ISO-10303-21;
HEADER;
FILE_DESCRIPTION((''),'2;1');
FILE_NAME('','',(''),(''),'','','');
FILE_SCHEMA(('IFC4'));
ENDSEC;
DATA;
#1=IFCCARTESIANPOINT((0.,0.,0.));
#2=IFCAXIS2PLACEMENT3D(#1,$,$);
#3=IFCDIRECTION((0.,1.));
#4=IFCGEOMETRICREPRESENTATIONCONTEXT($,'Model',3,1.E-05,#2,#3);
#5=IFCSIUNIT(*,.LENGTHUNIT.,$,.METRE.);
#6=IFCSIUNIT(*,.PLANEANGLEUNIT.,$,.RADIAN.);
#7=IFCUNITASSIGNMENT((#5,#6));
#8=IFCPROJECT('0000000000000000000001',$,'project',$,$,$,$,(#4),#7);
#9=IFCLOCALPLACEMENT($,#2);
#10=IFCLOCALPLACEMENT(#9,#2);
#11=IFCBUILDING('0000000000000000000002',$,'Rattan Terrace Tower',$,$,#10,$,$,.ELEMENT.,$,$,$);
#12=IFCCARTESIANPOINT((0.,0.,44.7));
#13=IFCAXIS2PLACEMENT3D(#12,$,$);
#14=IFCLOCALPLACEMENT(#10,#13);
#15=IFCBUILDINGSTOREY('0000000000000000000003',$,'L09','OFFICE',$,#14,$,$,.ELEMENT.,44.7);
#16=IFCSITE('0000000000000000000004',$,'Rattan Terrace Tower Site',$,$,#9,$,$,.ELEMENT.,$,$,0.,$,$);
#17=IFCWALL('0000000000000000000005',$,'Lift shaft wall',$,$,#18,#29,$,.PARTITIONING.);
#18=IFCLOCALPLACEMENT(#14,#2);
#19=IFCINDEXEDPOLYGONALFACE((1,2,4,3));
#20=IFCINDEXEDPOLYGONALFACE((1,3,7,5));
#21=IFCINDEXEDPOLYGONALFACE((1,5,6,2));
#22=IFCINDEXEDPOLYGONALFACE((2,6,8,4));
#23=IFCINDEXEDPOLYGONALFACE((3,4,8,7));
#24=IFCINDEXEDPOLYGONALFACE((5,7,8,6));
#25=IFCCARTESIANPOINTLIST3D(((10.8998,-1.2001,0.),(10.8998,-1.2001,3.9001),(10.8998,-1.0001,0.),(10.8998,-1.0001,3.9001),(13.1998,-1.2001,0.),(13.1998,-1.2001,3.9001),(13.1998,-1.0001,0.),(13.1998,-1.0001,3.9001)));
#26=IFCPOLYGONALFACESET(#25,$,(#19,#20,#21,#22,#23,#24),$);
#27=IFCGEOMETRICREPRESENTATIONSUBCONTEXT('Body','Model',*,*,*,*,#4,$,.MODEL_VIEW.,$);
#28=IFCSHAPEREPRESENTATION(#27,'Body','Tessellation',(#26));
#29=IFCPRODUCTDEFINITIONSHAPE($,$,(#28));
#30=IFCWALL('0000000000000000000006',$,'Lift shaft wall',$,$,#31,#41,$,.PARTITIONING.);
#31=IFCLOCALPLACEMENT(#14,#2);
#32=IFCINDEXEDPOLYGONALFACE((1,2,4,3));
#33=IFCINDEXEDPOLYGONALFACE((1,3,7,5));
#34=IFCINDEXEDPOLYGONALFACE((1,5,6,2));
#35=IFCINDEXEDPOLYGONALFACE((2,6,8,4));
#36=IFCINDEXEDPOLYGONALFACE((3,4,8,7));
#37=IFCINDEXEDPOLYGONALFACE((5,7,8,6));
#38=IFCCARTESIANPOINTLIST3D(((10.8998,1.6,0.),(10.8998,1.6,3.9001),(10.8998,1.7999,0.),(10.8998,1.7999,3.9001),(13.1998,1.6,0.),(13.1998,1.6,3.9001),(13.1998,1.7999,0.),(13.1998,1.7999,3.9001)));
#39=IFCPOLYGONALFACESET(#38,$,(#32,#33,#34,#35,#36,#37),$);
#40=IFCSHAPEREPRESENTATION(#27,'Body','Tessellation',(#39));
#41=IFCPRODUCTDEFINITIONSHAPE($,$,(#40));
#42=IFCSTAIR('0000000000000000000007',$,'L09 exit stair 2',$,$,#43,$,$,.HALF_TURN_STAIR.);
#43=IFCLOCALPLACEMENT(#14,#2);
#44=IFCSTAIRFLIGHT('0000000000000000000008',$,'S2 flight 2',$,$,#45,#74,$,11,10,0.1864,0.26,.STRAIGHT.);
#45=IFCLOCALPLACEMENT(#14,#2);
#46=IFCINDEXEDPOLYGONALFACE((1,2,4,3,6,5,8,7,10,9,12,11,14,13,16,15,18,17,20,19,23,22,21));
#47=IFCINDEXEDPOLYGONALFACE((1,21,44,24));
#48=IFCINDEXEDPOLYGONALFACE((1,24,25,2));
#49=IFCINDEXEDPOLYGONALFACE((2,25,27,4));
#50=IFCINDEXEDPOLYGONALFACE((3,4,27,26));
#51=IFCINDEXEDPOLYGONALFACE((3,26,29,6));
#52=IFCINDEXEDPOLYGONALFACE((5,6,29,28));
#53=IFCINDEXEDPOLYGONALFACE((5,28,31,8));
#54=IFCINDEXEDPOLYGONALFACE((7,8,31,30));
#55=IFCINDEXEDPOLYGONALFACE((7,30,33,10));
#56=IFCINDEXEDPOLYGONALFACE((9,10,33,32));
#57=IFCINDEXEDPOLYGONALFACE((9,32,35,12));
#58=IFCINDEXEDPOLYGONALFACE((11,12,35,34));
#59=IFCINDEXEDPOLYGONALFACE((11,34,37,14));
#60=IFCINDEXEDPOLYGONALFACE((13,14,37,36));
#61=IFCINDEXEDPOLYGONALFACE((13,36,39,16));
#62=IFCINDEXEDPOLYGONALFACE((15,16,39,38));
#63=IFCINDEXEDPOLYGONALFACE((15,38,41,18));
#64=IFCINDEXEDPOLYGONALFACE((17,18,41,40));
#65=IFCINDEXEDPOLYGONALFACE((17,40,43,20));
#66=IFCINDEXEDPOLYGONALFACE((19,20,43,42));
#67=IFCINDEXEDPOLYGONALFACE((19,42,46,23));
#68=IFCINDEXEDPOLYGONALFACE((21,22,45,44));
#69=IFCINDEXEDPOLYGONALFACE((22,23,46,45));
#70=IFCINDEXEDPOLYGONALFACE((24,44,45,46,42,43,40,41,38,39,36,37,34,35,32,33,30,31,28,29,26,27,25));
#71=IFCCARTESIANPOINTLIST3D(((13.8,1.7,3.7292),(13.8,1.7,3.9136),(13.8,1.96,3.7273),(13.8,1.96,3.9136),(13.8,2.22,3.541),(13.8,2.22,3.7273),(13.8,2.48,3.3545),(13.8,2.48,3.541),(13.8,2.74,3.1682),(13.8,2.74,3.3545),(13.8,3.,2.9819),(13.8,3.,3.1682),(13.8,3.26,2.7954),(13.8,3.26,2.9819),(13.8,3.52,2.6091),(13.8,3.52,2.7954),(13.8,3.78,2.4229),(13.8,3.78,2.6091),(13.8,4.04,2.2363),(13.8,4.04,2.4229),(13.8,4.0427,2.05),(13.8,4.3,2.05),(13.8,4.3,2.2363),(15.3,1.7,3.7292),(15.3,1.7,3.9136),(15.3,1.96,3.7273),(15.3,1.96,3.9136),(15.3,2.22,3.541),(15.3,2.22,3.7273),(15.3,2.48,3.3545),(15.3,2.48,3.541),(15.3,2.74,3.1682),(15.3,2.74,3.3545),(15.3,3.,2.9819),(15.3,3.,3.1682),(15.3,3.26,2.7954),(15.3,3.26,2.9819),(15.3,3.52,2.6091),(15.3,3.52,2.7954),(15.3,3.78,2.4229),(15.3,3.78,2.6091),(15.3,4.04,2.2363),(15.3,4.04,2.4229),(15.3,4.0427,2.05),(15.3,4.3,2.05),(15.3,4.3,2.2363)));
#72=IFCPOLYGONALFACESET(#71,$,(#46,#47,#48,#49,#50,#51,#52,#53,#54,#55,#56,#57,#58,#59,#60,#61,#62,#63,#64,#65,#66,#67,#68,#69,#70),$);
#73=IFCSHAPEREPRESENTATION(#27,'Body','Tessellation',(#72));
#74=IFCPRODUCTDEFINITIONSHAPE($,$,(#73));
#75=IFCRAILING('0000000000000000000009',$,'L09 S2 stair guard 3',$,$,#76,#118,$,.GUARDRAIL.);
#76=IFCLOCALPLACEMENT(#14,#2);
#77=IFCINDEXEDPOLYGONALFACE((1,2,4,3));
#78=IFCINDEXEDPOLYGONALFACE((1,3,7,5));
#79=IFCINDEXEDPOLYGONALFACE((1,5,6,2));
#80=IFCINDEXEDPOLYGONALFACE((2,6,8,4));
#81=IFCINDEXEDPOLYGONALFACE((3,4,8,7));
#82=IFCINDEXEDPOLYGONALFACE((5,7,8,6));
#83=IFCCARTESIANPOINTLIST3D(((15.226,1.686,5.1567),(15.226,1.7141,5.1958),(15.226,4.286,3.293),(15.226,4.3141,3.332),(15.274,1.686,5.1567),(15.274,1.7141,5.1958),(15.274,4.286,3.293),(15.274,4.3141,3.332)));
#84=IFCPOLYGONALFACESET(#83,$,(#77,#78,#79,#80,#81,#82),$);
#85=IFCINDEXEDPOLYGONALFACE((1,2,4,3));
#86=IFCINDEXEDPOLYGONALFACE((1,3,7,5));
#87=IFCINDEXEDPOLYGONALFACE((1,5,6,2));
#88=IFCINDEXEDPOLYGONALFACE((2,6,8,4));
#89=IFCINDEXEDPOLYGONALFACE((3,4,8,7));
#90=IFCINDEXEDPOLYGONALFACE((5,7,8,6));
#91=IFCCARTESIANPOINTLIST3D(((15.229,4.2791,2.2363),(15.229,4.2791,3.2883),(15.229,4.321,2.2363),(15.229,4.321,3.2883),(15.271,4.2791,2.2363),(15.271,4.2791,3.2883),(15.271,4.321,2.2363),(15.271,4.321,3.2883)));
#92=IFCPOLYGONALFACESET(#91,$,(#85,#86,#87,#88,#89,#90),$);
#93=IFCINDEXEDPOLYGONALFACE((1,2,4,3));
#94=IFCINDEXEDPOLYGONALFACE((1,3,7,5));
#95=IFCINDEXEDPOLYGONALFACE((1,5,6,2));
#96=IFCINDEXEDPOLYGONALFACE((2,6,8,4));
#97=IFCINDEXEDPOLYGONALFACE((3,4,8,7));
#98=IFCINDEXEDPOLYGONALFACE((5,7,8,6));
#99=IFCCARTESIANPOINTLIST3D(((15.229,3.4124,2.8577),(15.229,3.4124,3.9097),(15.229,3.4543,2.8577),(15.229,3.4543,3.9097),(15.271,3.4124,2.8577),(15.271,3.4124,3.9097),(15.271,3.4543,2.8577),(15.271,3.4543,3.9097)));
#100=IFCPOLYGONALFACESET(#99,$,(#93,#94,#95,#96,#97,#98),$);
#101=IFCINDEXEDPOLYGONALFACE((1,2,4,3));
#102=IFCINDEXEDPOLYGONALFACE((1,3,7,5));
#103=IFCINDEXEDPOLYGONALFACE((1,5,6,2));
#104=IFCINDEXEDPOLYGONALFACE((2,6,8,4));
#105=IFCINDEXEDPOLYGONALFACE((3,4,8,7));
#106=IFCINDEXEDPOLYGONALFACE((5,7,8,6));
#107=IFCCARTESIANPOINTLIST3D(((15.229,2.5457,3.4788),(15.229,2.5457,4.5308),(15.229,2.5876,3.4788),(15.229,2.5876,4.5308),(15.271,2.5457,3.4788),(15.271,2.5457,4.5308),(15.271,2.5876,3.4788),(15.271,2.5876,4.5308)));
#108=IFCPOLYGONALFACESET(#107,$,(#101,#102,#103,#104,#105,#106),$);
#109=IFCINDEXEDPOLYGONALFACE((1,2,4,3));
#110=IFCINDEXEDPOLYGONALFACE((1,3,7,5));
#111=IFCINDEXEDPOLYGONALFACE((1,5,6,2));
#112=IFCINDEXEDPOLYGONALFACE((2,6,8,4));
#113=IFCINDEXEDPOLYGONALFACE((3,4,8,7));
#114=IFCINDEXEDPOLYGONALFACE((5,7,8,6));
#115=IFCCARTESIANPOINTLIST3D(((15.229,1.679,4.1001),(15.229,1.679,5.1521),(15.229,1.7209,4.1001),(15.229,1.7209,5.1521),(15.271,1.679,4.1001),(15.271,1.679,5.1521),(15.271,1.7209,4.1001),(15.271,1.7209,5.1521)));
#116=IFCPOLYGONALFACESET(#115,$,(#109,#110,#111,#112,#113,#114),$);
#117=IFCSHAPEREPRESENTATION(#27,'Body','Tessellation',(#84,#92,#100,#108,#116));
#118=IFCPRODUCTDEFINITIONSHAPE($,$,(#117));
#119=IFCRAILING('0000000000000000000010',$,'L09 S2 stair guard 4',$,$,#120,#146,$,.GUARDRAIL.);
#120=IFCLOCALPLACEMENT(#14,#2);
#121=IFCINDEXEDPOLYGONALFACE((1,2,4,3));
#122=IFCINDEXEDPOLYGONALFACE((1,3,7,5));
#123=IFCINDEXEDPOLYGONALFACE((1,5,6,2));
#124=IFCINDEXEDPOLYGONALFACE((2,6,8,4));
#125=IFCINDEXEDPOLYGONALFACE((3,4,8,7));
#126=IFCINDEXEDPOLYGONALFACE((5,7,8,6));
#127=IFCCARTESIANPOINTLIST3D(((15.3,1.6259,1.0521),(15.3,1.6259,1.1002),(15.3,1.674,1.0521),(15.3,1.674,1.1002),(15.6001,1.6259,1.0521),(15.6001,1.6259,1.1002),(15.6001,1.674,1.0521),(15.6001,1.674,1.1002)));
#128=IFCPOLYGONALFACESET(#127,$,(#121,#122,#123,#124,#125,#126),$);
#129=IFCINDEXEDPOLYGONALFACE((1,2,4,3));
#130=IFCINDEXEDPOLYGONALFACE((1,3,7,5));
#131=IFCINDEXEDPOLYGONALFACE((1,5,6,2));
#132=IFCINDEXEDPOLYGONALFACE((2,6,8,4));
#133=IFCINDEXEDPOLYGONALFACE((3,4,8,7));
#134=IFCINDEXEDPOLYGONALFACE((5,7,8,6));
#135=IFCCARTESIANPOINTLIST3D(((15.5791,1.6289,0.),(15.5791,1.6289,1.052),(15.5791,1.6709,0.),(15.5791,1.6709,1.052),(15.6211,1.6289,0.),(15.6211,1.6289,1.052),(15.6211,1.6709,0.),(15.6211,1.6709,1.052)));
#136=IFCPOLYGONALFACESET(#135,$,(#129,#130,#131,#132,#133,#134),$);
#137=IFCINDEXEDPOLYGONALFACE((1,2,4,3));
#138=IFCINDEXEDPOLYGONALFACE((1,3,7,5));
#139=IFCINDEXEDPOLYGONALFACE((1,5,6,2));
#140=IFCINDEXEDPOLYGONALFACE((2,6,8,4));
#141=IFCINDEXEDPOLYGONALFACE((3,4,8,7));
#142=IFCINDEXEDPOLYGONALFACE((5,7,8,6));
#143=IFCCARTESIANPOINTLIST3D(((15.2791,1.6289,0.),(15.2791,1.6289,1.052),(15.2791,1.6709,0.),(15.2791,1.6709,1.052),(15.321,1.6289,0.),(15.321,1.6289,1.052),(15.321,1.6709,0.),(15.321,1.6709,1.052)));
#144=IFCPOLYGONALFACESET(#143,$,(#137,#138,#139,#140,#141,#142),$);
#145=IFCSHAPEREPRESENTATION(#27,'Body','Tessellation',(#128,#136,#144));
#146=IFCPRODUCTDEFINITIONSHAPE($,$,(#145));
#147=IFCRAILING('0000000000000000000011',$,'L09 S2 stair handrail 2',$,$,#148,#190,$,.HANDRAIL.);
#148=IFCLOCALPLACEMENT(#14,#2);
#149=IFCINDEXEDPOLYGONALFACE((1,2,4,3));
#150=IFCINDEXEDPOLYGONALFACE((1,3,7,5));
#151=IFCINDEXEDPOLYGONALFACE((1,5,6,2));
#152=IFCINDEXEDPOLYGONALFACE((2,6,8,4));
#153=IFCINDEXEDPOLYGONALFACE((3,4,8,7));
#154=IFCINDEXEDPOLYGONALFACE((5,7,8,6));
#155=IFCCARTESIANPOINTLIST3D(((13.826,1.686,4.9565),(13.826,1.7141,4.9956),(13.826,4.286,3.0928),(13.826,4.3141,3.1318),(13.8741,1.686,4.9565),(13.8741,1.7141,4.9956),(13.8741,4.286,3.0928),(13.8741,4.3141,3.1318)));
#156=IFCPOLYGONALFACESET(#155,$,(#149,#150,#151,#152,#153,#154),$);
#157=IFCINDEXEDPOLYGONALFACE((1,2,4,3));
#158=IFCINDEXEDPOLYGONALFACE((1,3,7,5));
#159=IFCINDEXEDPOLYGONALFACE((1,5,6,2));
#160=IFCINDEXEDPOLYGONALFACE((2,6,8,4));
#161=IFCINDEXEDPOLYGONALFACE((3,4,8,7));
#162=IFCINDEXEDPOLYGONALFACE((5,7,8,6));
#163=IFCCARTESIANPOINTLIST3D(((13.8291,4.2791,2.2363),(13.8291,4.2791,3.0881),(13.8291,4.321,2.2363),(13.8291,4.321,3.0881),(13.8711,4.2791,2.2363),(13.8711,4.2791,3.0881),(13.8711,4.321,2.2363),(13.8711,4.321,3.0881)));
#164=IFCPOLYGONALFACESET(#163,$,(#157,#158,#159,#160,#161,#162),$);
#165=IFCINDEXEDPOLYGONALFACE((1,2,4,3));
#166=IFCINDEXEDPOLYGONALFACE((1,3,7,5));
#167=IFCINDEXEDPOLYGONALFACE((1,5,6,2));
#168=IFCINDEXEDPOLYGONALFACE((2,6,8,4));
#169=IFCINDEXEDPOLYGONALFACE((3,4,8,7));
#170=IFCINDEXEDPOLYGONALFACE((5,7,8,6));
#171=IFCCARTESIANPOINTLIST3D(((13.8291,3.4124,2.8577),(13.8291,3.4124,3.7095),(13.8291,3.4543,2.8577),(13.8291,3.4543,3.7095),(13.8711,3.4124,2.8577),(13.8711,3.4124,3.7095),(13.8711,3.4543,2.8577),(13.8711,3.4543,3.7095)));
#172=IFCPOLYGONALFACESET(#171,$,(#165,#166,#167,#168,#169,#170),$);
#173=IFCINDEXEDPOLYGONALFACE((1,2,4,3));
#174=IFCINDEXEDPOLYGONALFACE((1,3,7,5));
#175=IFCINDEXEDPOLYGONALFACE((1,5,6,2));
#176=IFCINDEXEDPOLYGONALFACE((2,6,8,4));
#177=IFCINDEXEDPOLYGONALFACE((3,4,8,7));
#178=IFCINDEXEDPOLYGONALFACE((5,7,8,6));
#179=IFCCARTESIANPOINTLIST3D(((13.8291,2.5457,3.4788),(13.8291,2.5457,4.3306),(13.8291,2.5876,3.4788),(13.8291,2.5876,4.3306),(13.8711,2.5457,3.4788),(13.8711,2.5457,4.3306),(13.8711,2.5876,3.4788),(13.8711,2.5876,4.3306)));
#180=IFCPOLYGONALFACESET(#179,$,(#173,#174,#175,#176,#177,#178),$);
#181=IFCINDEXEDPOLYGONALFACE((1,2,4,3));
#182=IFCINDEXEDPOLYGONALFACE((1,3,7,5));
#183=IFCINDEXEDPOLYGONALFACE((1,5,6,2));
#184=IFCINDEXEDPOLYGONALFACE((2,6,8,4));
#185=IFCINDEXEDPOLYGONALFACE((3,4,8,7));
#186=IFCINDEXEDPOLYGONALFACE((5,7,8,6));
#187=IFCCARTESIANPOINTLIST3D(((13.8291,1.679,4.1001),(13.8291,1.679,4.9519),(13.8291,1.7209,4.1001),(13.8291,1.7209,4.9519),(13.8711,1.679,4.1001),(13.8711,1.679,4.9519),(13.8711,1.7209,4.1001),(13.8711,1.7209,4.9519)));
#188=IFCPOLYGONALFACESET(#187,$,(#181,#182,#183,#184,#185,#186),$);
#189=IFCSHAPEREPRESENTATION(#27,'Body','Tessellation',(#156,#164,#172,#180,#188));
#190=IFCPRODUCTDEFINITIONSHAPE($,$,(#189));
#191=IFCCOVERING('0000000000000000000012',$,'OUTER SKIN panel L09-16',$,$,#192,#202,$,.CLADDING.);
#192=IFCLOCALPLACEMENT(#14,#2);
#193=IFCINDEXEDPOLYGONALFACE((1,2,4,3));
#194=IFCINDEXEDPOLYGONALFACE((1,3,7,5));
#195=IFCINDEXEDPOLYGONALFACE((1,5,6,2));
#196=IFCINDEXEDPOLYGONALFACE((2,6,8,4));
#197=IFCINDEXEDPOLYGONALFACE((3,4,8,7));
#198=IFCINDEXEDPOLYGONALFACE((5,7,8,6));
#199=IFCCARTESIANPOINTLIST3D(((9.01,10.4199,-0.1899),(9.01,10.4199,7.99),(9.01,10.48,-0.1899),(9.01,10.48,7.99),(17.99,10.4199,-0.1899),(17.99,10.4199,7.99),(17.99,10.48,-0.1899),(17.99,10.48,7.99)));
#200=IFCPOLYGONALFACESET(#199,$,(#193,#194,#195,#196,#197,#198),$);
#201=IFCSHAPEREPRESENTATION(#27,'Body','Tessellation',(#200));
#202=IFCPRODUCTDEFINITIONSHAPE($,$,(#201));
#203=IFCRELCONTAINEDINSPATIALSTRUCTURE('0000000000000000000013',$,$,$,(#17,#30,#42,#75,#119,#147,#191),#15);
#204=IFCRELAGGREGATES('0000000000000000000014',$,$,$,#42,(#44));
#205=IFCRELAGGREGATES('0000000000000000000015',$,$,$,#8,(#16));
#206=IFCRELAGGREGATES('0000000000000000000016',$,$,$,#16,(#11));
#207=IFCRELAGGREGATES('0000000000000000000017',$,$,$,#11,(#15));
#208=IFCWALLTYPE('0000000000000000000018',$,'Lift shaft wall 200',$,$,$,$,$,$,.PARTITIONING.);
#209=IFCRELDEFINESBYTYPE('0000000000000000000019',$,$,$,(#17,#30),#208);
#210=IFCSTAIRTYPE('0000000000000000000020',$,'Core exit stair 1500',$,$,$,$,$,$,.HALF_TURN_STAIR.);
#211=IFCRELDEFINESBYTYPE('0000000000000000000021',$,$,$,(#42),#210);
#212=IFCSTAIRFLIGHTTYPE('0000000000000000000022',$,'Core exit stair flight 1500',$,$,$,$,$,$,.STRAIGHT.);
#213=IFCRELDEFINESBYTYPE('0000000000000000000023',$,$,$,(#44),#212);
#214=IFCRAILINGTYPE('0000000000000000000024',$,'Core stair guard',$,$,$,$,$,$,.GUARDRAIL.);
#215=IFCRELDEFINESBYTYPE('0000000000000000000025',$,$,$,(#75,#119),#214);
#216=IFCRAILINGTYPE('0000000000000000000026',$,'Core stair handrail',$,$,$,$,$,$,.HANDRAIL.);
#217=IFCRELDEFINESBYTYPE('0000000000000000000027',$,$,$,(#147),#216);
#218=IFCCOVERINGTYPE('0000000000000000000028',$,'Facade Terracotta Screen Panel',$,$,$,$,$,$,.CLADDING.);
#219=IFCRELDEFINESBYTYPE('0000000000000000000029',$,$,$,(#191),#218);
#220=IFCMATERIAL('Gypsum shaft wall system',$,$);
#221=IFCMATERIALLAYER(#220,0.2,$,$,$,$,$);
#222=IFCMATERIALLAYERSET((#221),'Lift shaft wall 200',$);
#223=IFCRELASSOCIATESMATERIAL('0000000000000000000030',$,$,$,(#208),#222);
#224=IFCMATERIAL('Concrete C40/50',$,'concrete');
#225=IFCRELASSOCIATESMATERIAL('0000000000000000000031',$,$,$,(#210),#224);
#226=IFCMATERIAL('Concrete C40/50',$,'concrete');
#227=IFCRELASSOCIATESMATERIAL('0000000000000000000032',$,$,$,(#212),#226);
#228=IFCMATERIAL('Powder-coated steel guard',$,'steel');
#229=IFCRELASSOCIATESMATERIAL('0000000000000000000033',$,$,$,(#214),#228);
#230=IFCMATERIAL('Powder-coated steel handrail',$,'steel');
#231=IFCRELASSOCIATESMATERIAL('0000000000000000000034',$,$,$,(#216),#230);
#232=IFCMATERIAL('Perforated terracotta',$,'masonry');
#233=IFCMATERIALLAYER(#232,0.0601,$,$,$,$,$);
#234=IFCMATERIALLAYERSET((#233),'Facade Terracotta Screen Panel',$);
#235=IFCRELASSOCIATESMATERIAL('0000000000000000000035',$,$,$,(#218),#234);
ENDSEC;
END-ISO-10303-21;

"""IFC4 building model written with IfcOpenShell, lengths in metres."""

from ifc_helpers import new_model, si_unit, direction, frame, frame_2d, origin, origin_2d, place, context, subcontext, project, spatial, polyline, rectangle, outline, extrude, material, layer, layer_set, type_object, element, aggregate, save


model = new_model("IFC4")

# Units and contexts
model_context = context("Model", 3, precision=1e-05, world=origin(), true_north=direction((0.0, 1.0)))
body_context = subcontext(model_context, "Body", "Model", "MODEL_VIEW")
ifc_project = project(units=[si_unit("LENGTHUNIT", "METRE"), si_unit("PLANEANGLEUNIT", "RADIAN")], contexts=[model_context])

# Site, building, storey
site_placement = place(None, origin())
site = spatial("IfcSite", under=ifc_project, at=site_placement, Name="Rattan Terrace Tower Site", CompositionType="ELEMENT", RefElevation=0.0)
building_placement = place(site_placement, origin())
building = spatial("IfcBuilding", under=site, at=building_placement, Name="Rattan Terrace Tower", CompositionType="ELEMENT")
storey_placement = place(building_placement, frame((0.0, 0.0, 44.7)))
storey = spatial("IfcBuildingStorey", under=building, at=storey_placement, Name="L09", Description="OFFICE", CompositionType="ELEMENT", Elevation=44.7)

# Walls
ifc_material_1 = material(Name="Gypsum shaft wall system")
ifc_layer_1 = layer(ifc_material_1, 0.2)
ifc_layer_set_1 = layer_set([ifc_layer_1], Name="Lift shaft wall 200")
wall_type_1 = type_object("IfcWallType", Name="Lift shaft wall 200", PredefinedType="PARTITIONING", material=ifc_layer_set_1)
for number, where, z_axis, x_axis, name in (
    (1, (10.8999, -1.1001, 0.0), (0.0, 0.0, 1.0), (1.0, 0.0, 0.0), "Lift shaft wall"),
    (2, (10.8999, 1.7, 0.0), (0.0, 0.0, 1.0), (1.0, 0.0, 0.0), "Lift shaft wall"),
):
    element("IfcWall", number, at=place(storey_placement, frame(where, z_axis=z_axis, x_axis=x_axis)), inside=storey, type_object=wall_type_1, Name=name, PredefinedType="PARTITIONING", context=body_context, shape_type="SweptSolid", body=[
        extrude(rectangle(XDim=2.3, YDim=0.2, at=frame_2d((1.1499, 0.0))), origin(), (0.0, 0.0, 1.0), 3.9001),
    ])

# Stair, stair flight
ifc_material_2 = material(Name="Concrete C40/50", Category="concrete")
stair_type = type_object("IfcStairType", Name="Core exit stair 1500", PredefinedType="HALF_TURN_STAIR", material=ifc_material_2)
stair_placement = place(storey_placement, origin())
stair = element("IfcStair", 3, at=stair_placement, inside=storey, type_object=stair_type, Name="L09 exit stair 2", PredefinedType="HALF_TURN_STAIR")
ifc_material_3 = material(Name="Concrete C40/50", Category="concrete")
stair_flight_type = type_object("IfcStairFlightType", Name="Core exit stair flight 1500", PredefinedType="STRAIGHT", material=ifc_material_3)
stair_flight_placement = place(storey_placement, frame((14.55, 4.3, 2.05), z_axis=(0.0, 0.0, 1.0), x_axis=(0.0, -1.0, 0.0)))
stair_flight = element("IfcStairFlight", 4, at=stair_flight_placement, type_object=stair_flight_type, Name="S2 flight 2", NumberOfRisers=11, NumberOfTreads=10, PredefinedType="STRAIGHT", RiserHeight=0.1864, TreadLength=0.26, context=body_context, shape_type="SweptSolid", body=[
    extrude(outline(polyline([(0.0, 0.0), (0.0, 0.1863), (0.26, 0.1863), (0.26, 0.3728), (0.52, 0.3728), (0.52, 0.5591), (0.78, 0.5591), (0.78, 0.7454), (1.04, 0.7454), (1.04, 0.9319), (1.3, 0.9319), (1.3, 1.1182), (1.5601, 1.1182), (1.5601, 1.3044), (1.8201, 1.3044), (1.8201, 1.491), (2.0801, 1.491), (2.0801, 1.6772), (2.3401, 1.6772), (2.3401, 1.8635), (2.6001, 1.8635), (2.6001, 2.05), (2.6001, 1.6792), (0.2573, 0.0), (0.0, 0.0)])), frame((0.0, 0.75, 0.0), z_axis=(0.0, -1.0, 0.0), x_axis=(1.0, 0.0, 0.0)), (0.0, 0.0, 1.0), 1.5),
])
aggregate(stair, [stair_flight])

# Railings
ifc_material_4 = material(Name="Powder-coated steel guard", Category="steel")
railing_type_1 = type_object("IfcRailingType", Name="Core stair guard", PredefinedType="GUARDRAIL", material=ifc_material_4)
railing_1_placement = place(storey_placement, frame((15.25, 4.3, 2.2363)))
element("IfcRailing", 5, at=railing_1_placement, inside=storey, type_object=railing_type_1, Name="L09 S2 stair guard 3", PredefinedType="GUARDRAIL", context=body_context, shape_type="SweptSolid", body=[
    extrude(rectangle(XDim=0.0481, YDim=0.0481, at=origin_2d()), frame((0.0, 0.0, 1.0762), z_axis=(0.0, -0.812763, 0.582595), x_axis=(1.0, 0.0, 0.0)), (0.0, 0.0, 1.0), 3.199),
    extrude(rectangle(XDim=0.042, YDim=0.042, at=origin_2d()), origin(), (0.0, 0.0, 1.0), 1.052),
    extrude(rectangle(XDim=0.042, YDim=0.042, at=origin_2d()), frame((0.0, -0.8667, 0.6213)), (0.0, 0.0, 1.0), 1.052),
    extrude(rectangle(XDim=0.042, YDim=0.042, at=origin_2d()), frame((0.0, -1.7334, 1.2424)), (0.0, 0.0, 1.0), 1.052),
    extrude(rectangle(XDim=0.042, YDim=0.042, at=origin_2d()), frame((0.0, -2.6001, 1.8638)), (0.0, 0.0, 1.0), 1.052),
])
railing_2_placement = place(storey_placement, frame((15.6001, 1.6499, 0.0)))
element("IfcRailing", 6, at=railing_2_placement, inside=storey, type_object=railing_type_1, Name="L09 S2 stair guard 4", PredefinedType="GUARDRAIL", context=body_context, shape_type="SweptSolid", body=[
    extrude(rectangle(XDim=0.0481, YDim=0.0481, at=origin_2d()), frame((0.0, 0.0, 1.0762), z_axis=(-1.0, 0.0, 0.0), x_axis=(0.0, -1.0, 0.0)), (0.0, 0.0, 1.0), 0.3),
    extrude(rectangle(XDim=0.042, YDim=0.042, at=origin_2d()), origin(), (0.0, 0.0, 1.0), 1.052),
    extrude(rectangle(XDim=0.042, YDim=0.042, at=origin_2d()), frame((-0.3, 0.0, 0.0)), (0.0, 0.0, 1.0), 1.052),
])
ifc_material_5 = material(Name="Powder-coated steel handrail", Category="steel")
railing_type_2 = type_object("IfcRailingType", Name="Core stair handrail", PredefinedType="HANDRAIL", material=ifc_material_5)
railing_3_placement = place(storey_placement, frame((13.8501, 4.3, 2.2363)))
element("IfcRailing", 7, at=railing_3_placement, inside=storey, type_object=railing_type_2, Name="L09 S2 stair handrail 2", PredefinedType="HANDRAIL", context=body_context, shape_type="SweptSolid", body=[
    extrude(rectangle(XDim=0.0481, YDim=0.0481, at=origin_2d()), frame((0.0, 0.0, 0.876), z_axis=(0.0, -0.812763, 0.582595), x_axis=(1.0, 0.0, 0.0)), (0.0, 0.0, 1.0), 3.199),
    extrude(rectangle(XDim=0.042, YDim=0.042, at=origin_2d()), origin(), (0.0, 0.0, 1.0), 0.8518),
    extrude(rectangle(XDim=0.042, YDim=0.042, at=origin_2d()), frame((0.0, -0.8667, 0.6213)), (0.0, 0.0, 1.0), 0.8518),
    extrude(rectangle(XDim=0.042, YDim=0.042, at=origin_2d()), frame((0.0, -1.7334, 1.2424)), (0.0, 0.0, 1.0), 0.8518),
    extrude(rectangle(XDim=0.042, YDim=0.042, at=origin_2d()), frame((0.0, -2.6001, 1.8638)), (0.0, 0.0, 1.0), 0.8518),
])

# Covering
ifc_material_6 = material(Name="Perforated terracotta", Category="masonry")
ifc_layer_2 = layer(ifc_material_6, 0.0601)
ifc_layer_set_2 = layer_set([ifc_layer_2], Name="Facade Terracotta Screen Panel")
covering_type = type_object("IfcCoveringType", Name="Facade Terracotta Screen Panel", PredefinedType="CLADDING", material=ifc_layer_set_2)
covering_placement = place(storey_placement, frame((13.5, 10.45, -0.1899), z_axis=(0.0, 0.0, 1.0), x_axis=(-1.0, 0.0, 0.0)))
element("IfcCovering", 8, at=covering_placement, inside=storey, type_object=covering_type, Name="OUTER SKIN panel L09-16", PredefinedType="CLADDING", context=body_context, shape_type="SweptSolid", body=[
    extrude(rectangle(XDim=8.98, YDim=0.0601, at=origin_2d()), origin(), (0.0, 0.0, 1.0), 8.1799),
])

save(model, "model.ifc")
